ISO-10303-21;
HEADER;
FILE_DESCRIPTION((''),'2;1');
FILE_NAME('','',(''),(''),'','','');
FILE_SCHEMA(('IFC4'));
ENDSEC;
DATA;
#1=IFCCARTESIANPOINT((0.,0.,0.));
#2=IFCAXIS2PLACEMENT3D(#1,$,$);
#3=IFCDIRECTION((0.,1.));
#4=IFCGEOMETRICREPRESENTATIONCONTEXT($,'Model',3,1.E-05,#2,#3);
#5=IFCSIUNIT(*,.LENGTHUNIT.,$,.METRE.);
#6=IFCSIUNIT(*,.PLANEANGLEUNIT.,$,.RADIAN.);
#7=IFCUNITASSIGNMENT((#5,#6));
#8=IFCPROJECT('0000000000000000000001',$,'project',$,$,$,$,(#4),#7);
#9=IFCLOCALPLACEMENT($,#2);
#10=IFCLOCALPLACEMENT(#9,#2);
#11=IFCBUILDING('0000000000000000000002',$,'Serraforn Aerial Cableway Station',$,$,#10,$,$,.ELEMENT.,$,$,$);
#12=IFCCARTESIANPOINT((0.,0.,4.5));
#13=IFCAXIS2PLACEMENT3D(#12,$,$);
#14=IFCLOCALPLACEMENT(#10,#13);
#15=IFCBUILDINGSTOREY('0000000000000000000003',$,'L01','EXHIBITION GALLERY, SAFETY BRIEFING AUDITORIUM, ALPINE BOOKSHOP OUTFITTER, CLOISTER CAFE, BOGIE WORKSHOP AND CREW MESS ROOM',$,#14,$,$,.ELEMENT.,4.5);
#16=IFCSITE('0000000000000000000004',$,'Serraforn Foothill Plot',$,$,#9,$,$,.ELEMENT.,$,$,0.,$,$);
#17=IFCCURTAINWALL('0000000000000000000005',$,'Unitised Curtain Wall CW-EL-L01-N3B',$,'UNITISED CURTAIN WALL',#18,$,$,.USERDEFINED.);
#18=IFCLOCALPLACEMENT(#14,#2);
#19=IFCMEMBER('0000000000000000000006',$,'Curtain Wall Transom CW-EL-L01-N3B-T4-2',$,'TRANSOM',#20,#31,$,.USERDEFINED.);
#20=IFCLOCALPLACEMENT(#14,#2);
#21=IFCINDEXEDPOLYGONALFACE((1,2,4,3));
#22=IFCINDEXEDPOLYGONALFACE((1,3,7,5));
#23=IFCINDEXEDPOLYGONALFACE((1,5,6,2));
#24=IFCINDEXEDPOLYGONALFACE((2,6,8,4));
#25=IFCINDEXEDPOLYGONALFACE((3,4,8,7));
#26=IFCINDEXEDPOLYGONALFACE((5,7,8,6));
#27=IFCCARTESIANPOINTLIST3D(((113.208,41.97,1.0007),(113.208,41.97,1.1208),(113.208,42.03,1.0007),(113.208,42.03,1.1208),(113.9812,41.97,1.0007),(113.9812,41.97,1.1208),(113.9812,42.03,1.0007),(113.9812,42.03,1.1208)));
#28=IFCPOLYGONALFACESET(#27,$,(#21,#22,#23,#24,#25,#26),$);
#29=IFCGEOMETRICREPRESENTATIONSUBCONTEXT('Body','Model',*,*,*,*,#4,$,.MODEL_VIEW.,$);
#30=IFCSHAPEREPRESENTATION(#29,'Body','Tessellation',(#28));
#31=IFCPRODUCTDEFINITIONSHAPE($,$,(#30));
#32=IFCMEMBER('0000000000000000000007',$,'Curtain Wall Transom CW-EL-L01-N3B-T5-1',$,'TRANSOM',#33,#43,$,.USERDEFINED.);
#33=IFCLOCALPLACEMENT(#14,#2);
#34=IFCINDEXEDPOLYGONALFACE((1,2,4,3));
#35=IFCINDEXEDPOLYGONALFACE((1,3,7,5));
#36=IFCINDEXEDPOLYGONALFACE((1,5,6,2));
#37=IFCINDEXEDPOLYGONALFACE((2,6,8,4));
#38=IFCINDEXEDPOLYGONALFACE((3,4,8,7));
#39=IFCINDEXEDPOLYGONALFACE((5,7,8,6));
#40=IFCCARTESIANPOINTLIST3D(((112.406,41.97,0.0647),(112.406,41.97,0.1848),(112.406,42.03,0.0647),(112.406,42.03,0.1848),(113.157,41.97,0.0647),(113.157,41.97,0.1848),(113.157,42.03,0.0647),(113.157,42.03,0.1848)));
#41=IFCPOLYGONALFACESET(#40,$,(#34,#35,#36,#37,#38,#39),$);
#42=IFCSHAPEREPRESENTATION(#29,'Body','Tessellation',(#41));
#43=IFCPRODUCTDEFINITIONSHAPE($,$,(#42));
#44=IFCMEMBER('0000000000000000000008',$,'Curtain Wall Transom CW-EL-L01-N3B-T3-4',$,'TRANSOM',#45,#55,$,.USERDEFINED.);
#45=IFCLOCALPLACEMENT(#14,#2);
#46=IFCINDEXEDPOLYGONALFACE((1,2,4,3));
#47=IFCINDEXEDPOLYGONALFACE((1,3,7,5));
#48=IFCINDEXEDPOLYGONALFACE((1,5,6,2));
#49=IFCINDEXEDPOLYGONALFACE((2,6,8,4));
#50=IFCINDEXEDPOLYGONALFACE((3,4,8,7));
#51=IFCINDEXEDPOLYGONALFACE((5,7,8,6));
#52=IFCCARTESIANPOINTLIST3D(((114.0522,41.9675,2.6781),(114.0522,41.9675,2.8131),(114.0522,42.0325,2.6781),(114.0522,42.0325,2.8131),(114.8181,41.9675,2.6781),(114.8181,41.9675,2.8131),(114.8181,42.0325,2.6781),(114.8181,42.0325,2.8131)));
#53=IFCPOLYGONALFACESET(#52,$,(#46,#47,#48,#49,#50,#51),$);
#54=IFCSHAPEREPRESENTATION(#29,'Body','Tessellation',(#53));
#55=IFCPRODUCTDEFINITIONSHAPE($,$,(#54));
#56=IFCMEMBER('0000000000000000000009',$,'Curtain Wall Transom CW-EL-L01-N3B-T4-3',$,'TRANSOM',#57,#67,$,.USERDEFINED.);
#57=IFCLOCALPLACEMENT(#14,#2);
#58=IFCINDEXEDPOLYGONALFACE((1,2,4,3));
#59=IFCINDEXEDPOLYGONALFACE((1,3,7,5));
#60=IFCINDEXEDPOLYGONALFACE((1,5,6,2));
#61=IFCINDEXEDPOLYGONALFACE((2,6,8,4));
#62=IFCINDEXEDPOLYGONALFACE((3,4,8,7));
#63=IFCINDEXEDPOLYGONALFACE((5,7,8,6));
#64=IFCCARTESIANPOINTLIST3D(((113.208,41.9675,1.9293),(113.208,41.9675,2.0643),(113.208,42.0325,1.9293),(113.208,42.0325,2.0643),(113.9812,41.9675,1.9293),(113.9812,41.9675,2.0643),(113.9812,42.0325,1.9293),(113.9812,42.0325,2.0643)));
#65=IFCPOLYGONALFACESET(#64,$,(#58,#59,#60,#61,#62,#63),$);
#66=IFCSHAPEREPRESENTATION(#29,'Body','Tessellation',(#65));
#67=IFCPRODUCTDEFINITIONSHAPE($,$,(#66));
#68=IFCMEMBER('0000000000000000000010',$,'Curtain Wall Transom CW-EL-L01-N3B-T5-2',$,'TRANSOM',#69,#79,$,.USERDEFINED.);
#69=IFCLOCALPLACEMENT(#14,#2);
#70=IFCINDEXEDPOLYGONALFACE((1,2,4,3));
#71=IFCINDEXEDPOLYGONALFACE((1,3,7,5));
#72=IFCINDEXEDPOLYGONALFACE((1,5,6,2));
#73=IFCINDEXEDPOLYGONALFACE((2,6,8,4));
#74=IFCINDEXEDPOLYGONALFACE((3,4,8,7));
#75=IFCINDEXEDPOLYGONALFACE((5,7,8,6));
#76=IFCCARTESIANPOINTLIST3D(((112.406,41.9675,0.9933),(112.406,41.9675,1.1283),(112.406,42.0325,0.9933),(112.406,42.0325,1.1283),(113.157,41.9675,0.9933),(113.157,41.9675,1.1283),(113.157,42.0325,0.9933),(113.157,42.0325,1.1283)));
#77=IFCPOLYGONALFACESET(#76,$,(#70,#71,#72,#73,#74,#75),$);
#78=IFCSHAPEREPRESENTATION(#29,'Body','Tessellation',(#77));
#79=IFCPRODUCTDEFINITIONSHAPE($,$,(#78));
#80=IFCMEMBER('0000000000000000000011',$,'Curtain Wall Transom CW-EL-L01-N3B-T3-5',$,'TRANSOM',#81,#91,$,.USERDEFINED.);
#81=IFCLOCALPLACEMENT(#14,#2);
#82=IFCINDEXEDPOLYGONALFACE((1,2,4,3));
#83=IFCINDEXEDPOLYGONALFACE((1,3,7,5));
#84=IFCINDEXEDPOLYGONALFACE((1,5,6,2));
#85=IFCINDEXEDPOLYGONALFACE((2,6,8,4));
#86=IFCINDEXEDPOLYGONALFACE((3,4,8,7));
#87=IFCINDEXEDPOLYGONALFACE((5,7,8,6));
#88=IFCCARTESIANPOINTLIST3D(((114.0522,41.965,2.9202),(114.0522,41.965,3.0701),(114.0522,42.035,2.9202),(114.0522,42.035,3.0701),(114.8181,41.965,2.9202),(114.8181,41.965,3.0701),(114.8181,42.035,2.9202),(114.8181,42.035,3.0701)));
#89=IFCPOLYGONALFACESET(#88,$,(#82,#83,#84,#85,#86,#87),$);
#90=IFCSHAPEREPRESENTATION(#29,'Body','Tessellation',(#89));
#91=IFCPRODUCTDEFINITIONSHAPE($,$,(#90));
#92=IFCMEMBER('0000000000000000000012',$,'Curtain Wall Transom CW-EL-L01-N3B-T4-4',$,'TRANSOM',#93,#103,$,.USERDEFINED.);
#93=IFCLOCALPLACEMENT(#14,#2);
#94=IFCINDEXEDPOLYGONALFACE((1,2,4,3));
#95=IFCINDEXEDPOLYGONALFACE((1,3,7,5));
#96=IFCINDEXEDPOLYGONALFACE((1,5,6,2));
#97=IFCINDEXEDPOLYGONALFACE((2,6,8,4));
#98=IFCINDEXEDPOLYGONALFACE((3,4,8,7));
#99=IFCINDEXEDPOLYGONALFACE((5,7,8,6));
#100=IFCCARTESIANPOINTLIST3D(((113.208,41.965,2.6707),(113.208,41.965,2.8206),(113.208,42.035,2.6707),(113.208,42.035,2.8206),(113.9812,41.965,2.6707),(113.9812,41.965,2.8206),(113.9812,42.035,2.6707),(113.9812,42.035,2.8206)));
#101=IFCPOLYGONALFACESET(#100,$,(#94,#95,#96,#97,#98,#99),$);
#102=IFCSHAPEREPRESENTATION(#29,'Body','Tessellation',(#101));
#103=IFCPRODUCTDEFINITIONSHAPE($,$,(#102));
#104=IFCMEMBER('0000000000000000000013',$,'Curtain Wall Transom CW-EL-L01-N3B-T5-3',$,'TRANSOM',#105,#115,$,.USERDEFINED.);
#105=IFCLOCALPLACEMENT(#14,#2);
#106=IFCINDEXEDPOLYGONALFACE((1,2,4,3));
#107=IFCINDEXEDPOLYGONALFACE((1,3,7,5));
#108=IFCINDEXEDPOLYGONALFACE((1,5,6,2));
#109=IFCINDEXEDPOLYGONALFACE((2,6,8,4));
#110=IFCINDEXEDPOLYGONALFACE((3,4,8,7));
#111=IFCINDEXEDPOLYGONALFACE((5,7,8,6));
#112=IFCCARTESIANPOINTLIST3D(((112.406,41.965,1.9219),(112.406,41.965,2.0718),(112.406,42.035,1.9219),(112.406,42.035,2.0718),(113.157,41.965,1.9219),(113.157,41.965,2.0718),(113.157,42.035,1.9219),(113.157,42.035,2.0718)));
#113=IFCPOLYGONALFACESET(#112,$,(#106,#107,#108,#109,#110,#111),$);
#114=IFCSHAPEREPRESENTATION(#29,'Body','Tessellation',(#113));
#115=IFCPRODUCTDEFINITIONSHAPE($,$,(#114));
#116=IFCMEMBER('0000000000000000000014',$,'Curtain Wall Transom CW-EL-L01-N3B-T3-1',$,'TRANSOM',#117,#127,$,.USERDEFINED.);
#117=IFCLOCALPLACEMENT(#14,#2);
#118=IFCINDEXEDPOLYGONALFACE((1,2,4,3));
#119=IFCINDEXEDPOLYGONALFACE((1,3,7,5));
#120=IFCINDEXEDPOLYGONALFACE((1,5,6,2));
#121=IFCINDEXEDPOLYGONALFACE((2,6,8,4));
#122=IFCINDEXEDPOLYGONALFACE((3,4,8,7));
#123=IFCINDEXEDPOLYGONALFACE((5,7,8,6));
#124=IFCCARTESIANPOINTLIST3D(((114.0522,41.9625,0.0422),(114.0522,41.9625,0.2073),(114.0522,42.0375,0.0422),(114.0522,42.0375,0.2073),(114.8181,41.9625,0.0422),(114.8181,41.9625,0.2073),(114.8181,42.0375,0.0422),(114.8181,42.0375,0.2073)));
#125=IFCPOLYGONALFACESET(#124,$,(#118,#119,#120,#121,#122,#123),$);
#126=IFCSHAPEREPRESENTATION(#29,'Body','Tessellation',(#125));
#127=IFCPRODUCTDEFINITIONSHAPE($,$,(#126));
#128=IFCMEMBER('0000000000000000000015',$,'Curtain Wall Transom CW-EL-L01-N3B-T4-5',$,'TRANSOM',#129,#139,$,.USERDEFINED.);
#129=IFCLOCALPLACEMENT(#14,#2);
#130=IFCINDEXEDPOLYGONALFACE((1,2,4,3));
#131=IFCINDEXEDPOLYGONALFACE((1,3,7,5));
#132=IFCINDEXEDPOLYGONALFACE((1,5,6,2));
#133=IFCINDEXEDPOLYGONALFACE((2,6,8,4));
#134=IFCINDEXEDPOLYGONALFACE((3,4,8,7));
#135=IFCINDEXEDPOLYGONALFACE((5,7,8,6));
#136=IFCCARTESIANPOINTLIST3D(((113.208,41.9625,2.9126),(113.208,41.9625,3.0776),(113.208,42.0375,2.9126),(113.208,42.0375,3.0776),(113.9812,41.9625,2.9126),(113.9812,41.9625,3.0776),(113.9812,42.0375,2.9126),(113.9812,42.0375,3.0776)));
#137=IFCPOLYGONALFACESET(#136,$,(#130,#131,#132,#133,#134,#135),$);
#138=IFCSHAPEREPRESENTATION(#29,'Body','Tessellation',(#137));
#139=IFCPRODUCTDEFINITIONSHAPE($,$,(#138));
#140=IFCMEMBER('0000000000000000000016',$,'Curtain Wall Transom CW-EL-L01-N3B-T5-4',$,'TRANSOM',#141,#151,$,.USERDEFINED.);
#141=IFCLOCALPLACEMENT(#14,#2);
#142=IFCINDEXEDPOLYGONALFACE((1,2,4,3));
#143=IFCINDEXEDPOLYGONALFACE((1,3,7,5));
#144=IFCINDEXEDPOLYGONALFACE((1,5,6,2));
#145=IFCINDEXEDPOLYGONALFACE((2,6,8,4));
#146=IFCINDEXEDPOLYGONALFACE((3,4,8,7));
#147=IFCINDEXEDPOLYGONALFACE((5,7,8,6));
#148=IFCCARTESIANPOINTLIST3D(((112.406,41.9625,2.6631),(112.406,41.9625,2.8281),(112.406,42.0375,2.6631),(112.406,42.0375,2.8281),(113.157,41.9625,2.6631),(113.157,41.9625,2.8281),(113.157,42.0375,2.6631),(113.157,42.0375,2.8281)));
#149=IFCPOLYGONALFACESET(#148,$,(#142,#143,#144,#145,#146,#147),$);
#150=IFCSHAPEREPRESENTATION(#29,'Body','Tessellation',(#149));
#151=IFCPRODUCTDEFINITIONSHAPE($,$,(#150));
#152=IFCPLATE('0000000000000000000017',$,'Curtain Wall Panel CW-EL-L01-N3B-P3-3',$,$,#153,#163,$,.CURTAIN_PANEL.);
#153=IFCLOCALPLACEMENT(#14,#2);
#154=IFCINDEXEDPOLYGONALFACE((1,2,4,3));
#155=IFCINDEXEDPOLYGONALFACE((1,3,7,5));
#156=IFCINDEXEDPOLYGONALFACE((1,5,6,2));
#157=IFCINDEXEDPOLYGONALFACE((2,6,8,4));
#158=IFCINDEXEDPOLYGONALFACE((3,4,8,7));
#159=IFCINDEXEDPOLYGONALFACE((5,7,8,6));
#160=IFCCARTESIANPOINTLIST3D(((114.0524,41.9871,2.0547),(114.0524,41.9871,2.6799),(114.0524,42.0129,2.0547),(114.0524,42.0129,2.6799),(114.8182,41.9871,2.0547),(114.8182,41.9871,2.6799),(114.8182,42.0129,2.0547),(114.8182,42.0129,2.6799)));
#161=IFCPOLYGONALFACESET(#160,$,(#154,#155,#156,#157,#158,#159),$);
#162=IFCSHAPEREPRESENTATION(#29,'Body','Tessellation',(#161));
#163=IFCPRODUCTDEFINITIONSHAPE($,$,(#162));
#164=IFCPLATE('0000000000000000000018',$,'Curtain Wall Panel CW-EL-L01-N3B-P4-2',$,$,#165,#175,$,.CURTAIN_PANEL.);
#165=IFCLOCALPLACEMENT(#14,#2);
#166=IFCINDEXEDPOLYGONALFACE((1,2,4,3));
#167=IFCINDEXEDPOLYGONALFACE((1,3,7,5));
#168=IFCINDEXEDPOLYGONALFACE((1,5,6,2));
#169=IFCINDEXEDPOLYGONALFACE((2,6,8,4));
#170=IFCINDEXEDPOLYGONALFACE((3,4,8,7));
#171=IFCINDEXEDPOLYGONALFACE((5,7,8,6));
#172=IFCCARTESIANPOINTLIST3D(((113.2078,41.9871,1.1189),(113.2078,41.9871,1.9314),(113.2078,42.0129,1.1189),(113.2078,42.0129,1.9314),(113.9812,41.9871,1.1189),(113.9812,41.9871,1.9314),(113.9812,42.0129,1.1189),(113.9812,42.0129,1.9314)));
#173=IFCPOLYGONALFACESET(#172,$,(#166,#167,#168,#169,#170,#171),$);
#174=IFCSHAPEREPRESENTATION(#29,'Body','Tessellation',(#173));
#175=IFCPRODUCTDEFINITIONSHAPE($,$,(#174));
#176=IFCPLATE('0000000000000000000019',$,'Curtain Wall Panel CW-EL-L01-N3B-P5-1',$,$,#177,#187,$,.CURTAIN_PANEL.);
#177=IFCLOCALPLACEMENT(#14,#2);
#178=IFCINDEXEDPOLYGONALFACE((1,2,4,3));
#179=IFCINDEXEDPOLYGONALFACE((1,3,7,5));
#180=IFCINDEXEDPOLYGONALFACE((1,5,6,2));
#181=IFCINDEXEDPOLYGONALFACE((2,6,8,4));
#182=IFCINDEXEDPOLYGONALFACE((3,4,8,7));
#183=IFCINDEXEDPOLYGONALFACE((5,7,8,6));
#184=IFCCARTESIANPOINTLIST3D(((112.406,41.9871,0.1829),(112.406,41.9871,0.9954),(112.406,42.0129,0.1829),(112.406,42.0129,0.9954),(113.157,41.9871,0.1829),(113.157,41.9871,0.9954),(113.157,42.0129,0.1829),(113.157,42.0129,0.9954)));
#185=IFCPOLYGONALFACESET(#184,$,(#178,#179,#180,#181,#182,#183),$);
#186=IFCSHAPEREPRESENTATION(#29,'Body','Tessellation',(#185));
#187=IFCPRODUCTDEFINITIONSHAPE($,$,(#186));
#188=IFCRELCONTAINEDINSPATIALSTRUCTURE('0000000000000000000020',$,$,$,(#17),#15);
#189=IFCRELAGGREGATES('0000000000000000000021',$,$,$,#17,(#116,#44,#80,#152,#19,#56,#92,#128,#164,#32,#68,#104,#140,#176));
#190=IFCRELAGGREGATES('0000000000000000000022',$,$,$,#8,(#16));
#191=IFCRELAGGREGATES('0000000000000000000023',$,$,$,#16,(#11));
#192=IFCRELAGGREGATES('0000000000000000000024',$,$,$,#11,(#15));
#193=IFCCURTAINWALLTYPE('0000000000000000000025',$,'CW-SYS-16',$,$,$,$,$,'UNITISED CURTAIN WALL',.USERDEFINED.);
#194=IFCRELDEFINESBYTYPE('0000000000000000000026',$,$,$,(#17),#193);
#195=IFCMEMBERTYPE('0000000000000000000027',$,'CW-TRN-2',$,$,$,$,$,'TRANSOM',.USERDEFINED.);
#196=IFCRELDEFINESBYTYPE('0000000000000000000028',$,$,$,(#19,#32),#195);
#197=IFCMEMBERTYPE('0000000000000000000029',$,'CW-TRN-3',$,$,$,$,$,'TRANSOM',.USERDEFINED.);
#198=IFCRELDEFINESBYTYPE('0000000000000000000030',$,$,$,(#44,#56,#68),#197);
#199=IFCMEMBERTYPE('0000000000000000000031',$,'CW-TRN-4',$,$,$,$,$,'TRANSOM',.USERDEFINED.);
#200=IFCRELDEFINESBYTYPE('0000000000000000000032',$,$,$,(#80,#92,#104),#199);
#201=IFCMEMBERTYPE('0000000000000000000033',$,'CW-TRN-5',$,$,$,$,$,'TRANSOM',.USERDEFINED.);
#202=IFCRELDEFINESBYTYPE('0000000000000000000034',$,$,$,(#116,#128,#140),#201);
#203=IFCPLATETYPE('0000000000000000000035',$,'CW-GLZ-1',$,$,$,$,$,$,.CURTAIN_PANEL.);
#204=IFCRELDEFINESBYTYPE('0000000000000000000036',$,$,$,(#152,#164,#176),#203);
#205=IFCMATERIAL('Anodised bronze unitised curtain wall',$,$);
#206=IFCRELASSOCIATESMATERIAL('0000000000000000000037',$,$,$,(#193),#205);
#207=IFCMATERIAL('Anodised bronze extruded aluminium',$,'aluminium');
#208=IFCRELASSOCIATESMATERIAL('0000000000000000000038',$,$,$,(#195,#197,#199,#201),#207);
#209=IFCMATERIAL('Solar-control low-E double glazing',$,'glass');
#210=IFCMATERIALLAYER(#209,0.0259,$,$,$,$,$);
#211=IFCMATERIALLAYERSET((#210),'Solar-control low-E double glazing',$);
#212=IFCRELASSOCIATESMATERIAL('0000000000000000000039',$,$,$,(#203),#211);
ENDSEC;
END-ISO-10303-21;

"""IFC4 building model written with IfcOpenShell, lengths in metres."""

from ifc_helpers import new_model, si_unit, direction, frame, origin, origin_2d, place, context, subcontext, project, spatial, rectangle, extrude, material, layer, layer_set, material_profile, profile_set, type_object, element, aggregate, save


model = new_model("IFC4")

# Units and contexts
model_context = context("Model", 3, precision=1e-05, world=origin(), true_north=direction((0.0, 1.0)))
body_context = subcontext(model_context, "Body", "Model", "MODEL_VIEW")
ifc_project = project(units=[si_unit("LENGTHUNIT", "METRE"), si_unit("PLANEANGLEUNIT", "RADIAN")], contexts=[model_context])

# Site, building, storey
site_placement = place(None, origin())
site = spatial("IfcSite", under=ifc_project, at=site_placement, Name="Serraforn Foothill Plot", CompositionType="ELEMENT", RefElevation=0.0)
building_placement = place(site_placement, origin())
building = spatial("IfcBuilding", under=site, at=building_placement, Name="Serraforn Aerial Cableway Station", CompositionType="ELEMENT")
storey_placement = place(building_placement, frame((0.0, 0.0, 4.5)))
storey = spatial("IfcBuildingStorey", under=building, at=storey_placement, Name="L01", Description="EXHIBITION GALLERY, SAFETY BRIEFING AUDITORIUM, ALPINE BOOKSHOP OUTFITTER, CLOISTER CAFE, BOGIE WORKSHOP AND CREW MESS ROOM", CompositionType="ELEMENT", Elevation=4.5)

# Curtain wall, members, plates
ifc_material_1 = material(Name="Anodised bronze unitised curtain wall")
curtain_wall_type = type_object("IfcCurtainWallType", Name="CW-SYS-16", ElementType="UNITISED CURTAIN WALL", PredefinedType="USERDEFINED", material=ifc_material_1)
curtain_wall_placement = place(storey_placement, origin())
curtain_wall = element("IfcCurtainWall", 1, at=curtain_wall_placement, inside=storey, type_object=curtain_wall_type, Name="Unitised Curtain Wall CW-EL-L01-N3B", ObjectType="UNITISED CURTAIN WALL", PredefinedType="USERDEFINED")
ifc_material_2 = material(Name="Anodised bronze extruded aluminium", Category="aluminium")
ifc_material_profile_1 = material_profile(ifc_material_2, rectangle(XDim=0.0601, YDim=0.1201, at=origin_2d()), Name="CW TRANSOM 60x120")
ifc_profile_set_1 = profile_set([ifc_material_profile_1], Name="Anodised bronze extruded aluminium")
member_type_1 = type_object("IfcMemberType", Name="CW-TRN-2", ElementType="TRANSOM", PredefinedType="USERDEFINED", material=ifc_profile_set_1)
member_1_placement = place(storey_placement, frame((113.9812, 42.0, 1.0608), z_axis=(-1.0, 0.0, 0.0), x_axis=(0.0, -1.0, 0.0)))
member_1 = element("IfcMember", 2, at=member_1_placement, type_object=member_type_1, Name="Curtain Wall Transom CW-EL-L01-N3B-T4-2", ObjectType="TRANSOM", PredefinedType="USERDEFINED", context=body_context, shape_type="SweptSolid", body=[
    extrude(rectangle(XDim=0.0601, YDim=0.1201, at=origin_2d()), origin(), (0.0, 0.0, 1.0), 0.7732),
])
member_2_placement = place(storey_placement, frame((113.157, 42.0, 0.1248), z_axis=(-1.0, 0.0, 0.0), x_axis=(0.0, -1.0, 0.0)))
member_2 = element("IfcMember", 3, at=member_2_placement, type_object=member_type_1, Name="Curtain Wall Transom CW-EL-L01-N3B-T5-1", ObjectType="TRANSOM", PredefinedType="USERDEFINED", context=body_context, shape_type="SweptSolid", body=[
    extrude(rectangle(XDim=0.0601, YDim=0.1201, at=origin_2d()), origin(), (0.0, 0.0, 1.0), 0.751),
])
ifc_material_profile_2 = material_profile(ifc_material_2, rectangle(XDim=0.0649, YDim=0.135, at=origin_2d()), Name="CW TRANSOM 65x135")
ifc_profile_set_2 = profile_set([ifc_material_profile_2], Name="Anodised bronze extruded aluminium")
member_type_2 = type_object("IfcMemberType", Name="CW-TRN-3", ElementType="TRANSOM", PredefinedType="USERDEFINED", material=ifc_profile_set_2)
member_3_placement = place(storey_placement, frame((114.8181, 42.0, 2.7456), z_axis=(-1.0, 0.0, 0.0), x_axis=(0.0, -1.0, 0.0)))
member_3 = element("IfcMember", 4, at=member_3_placement, type_object=member_type_2, Name="Curtain Wall Transom CW-EL-L01-N3B-T3-4", ObjectType="TRANSOM", PredefinedType="USERDEFINED", context=body_context, shape_type="SweptSolid", body=[
    extrude(rectangle(XDim=0.0649, YDim=0.135, at=origin_2d()), origin(), (0.0, 0.0, 1.0), 0.7659),
])
member_4_placement = place(storey_placement, frame((113.9812, 42.0, 1.9968), z_axis=(-1.0, 0.0, 0.0), x_axis=(0.0, -1.0, 0.0)))
member_4 = element("IfcMember", 5, at=member_4_placement, type_object=member_type_2, Name="Curtain Wall Transom CW-EL-L01-N3B-T4-3", ObjectType="TRANSOM", PredefinedType="USERDEFINED", context=body_context, shape_type="SweptSolid", body=[
    extrude(rectangle(XDim=0.0649, YDim=0.135, at=origin_2d()), origin(), (0.0, 0.0, 1.0), 0.7732),
])
member_5_placement = place(storey_placement, frame((113.157, 42.0, 1.0608), z_axis=(-1.0, 0.0, 0.0), x_axis=(0.0, -1.0, 0.0)))
member_5 = element("IfcMember", 6, at=member_5_placement, type_object=member_type_2, Name="Curtain Wall Transom CW-EL-L01-N3B-T5-2", ObjectType="TRANSOM", PredefinedType="USERDEFINED", context=body_context, shape_type="SweptSolid", body=[
    extrude(rectangle(XDim=0.0649, YDim=0.135, at=origin_2d()), origin(), (0.0, 0.0, 1.0), 0.751),
])
ifc_material_profile_3 = material_profile(ifc_material_2, rectangle(XDim=0.0701, YDim=0.1499, at=origin_2d()), Name="CW TRANSOM 70x150")
ifc_profile_set_3 = profile_set([ifc_material_profile_3], Name="Anodised bronze extruded aluminium")
member_type_3 = type_object("IfcMemberType", Name="CW-TRN-4", ElementType="TRANSOM", PredefinedType="USERDEFINED", material=ifc_profile_set_3)
member_6_placement = place(storey_placement, frame((114.8181, 42.0, 2.9951), z_axis=(-1.0, 0.0, 0.0), x_axis=(0.0, -1.0, 0.0)))
member_6 = element("IfcMember", 7, at=member_6_placement, type_object=member_type_3, Name="Curtain Wall Transom CW-EL-L01-N3B-T3-5", ObjectType="TRANSOM", PredefinedType="USERDEFINED", context=body_context, shape_type="SweptSolid", body=[
    extrude(rectangle(XDim=0.0701, YDim=0.1499, at=origin_2d()), origin(), (0.0, 0.0, 1.0), 0.7659),
])
member_7_placement = place(storey_placement, frame((113.9812, 42.0, 2.7456), z_axis=(-1.0, 0.0, 0.0), x_axis=(0.0, -1.0, 0.0)))
member_7 = element("IfcMember", 8, at=member_7_placement, type_object=member_type_3, Name="Curtain Wall Transom CW-EL-L01-N3B-T4-4", ObjectType="TRANSOM", PredefinedType="USERDEFINED", context=body_context, shape_type="SweptSolid", body=[
    extrude(rectangle(XDim=0.0701, YDim=0.1499, at=origin_2d()), origin(), (0.0, 0.0, 1.0), 0.7732),
])
member_8_placement = place(storey_placement, frame((113.157, 42.0, 1.9968), z_axis=(-1.0, 0.0, 0.0), x_axis=(0.0, -1.0, 0.0)))
member_8 = element("IfcMember", 9, at=member_8_placement, type_object=member_type_3, Name="Curtain Wall Transom CW-EL-L01-N3B-T5-3", ObjectType="TRANSOM", PredefinedType="USERDEFINED", context=body_context, shape_type="SweptSolid", body=[
    extrude(rectangle(XDim=0.0701, YDim=0.1499, at=origin_2d()), origin(), (0.0, 0.0, 1.0), 0.751),
])
ifc_material_profile_4 = material_profile(ifc_material_2, rectangle(XDim=0.075, YDim=0.165, at=origin_2d()), Name="CW TRANSOM 75x165")
ifc_profile_set_4 = profile_set([ifc_material_profile_4], Name="Anodised bronze extruded aluminium")
member_type_4 = type_object("IfcMemberType", Name="CW-TRN-5", ElementType="TRANSOM", PredefinedType="USERDEFINED", material=ifc_profile_set_4)
member_9_placement = place(storey_placement, frame((114.8181, 42.0, 0.1248), z_axis=(-1.0, 0.0, 0.0), x_axis=(0.0, -1.0, 0.0)))
member_9 = element("IfcMember", 10, at=member_9_placement, type_object=member_type_4, Name="Curtain Wall Transom CW-EL-L01-N3B-T3-1", ObjectType="TRANSOM", PredefinedType="USERDEFINED", context=body_context, shape_type="SweptSolid", body=[
    extrude(rectangle(XDim=0.075, YDim=0.165, at=origin_2d()), origin(), (0.0, 0.0, 1.0), 0.7659),
])
member_10_placement = place(storey_placement, frame((113.9812, 42.0, 2.9951), z_axis=(-1.0, 0.0, 0.0), x_axis=(0.0, -1.0, 0.0)))
member_10 = element("IfcMember", 11, at=member_10_placement, type_object=member_type_4, Name="Curtain Wall Transom CW-EL-L01-N3B-T4-5", ObjectType="TRANSOM", PredefinedType="USERDEFINED", context=body_context, shape_type="SweptSolid", body=[
    extrude(rectangle(XDim=0.075, YDim=0.165, at=origin_2d()), origin(), (0.0, 0.0, 1.0), 0.7732),
])
member_11_placement = place(storey_placement, frame((113.157, 42.0, 2.7456), z_axis=(-1.0, 0.0, 0.0), x_axis=(0.0, -1.0, 0.0)))
member_11 = element("IfcMember", 12, at=member_11_placement, type_object=member_type_4, Name="Curtain Wall Transom CW-EL-L01-N3B-T5-4", ObjectType="TRANSOM", PredefinedType="USERDEFINED", context=body_context, shape_type="SweptSolid", body=[
    extrude(rectangle(XDim=0.075, YDim=0.165, at=origin_2d()), origin(), (0.0, 0.0, 1.0), 0.751),
])
ifc_material_3 = material(Name="Solar-control low-E double glazing", Category="glass")
ifc_layer_1 = layer(ifc_material_3, 0.0259)
ifc_layer_set_1 = layer_set([ifc_layer_1], Name="Solar-control low-E double glazing")
plate_type_1 = type_object("IfcPlateType", Name="CW-GLZ-1", PredefinedType="CURTAIN_PANEL", material=ifc_layer_set_1)
plate_1_placement = place(storey_placement, frame((114.4353, 42.0, 2.0547), z_axis=(0.0, 0.0, 1.0), x_axis=(1.0, 0.0, 0.0)))
plate_1 = element("IfcPlate", 13, at=plate_1_placement, type_object=plate_type_1, Name="Curtain Wall Panel CW-EL-L01-N3B-P3-3", PredefinedType="CURTAIN_PANEL", context=body_context, shape_type="SweptSolid", body=[
    extrude(rectangle(XDim=0.7659, YDim=0.0259, at=origin_2d()), origin(), (0.0, 0.0, 1.0), 0.6252),
])
plate_2_placement = place(storey_placement, frame((113.5945, 42.0, 1.1189), z_axis=(0.0, 0.0, 1.0), x_axis=(1.0, 0.0, 0.0)))
plate_2 = element("IfcPlate", 14, at=plate_2_placement, type_object=plate_type_1, Name="Curtain Wall Panel CW-EL-L01-N3B-P4-2", PredefinedType="CURTAIN_PANEL", context=body_context, shape_type="SweptSolid", body=[
    extrude(rectangle(XDim=0.7734, YDim=0.0259, at=origin_2d()), origin(), (0.0, 0.0, 1.0), 0.8125),
])
plate_3_placement = place(storey_placement, frame((112.7815, 42.0, 0.1829), z_axis=(0.0, 0.0, 1.0), x_axis=(1.0, 0.0, 0.0)))
plate_3 = element("IfcPlate", 15, at=plate_3_placement, type_object=plate_type_1, Name="Curtain Wall Panel CW-EL-L01-N3B-P5-1", PredefinedType="CURTAIN_PANEL", context=body_context, shape_type="SweptSolid", body=[
    extrude(rectangle(XDim=0.751, YDim=0.0259, at=origin_2d()), origin(), (0.0, 0.0, 1.0), 0.8125),
])
aggregate(curtain_wall, [member_9, member_3, member_6, plate_1, member_1, member_4, member_7, member_10, plate_2, member_2, member_5, member_8, member_11, plate_3])

save(model, "model.ifc")
